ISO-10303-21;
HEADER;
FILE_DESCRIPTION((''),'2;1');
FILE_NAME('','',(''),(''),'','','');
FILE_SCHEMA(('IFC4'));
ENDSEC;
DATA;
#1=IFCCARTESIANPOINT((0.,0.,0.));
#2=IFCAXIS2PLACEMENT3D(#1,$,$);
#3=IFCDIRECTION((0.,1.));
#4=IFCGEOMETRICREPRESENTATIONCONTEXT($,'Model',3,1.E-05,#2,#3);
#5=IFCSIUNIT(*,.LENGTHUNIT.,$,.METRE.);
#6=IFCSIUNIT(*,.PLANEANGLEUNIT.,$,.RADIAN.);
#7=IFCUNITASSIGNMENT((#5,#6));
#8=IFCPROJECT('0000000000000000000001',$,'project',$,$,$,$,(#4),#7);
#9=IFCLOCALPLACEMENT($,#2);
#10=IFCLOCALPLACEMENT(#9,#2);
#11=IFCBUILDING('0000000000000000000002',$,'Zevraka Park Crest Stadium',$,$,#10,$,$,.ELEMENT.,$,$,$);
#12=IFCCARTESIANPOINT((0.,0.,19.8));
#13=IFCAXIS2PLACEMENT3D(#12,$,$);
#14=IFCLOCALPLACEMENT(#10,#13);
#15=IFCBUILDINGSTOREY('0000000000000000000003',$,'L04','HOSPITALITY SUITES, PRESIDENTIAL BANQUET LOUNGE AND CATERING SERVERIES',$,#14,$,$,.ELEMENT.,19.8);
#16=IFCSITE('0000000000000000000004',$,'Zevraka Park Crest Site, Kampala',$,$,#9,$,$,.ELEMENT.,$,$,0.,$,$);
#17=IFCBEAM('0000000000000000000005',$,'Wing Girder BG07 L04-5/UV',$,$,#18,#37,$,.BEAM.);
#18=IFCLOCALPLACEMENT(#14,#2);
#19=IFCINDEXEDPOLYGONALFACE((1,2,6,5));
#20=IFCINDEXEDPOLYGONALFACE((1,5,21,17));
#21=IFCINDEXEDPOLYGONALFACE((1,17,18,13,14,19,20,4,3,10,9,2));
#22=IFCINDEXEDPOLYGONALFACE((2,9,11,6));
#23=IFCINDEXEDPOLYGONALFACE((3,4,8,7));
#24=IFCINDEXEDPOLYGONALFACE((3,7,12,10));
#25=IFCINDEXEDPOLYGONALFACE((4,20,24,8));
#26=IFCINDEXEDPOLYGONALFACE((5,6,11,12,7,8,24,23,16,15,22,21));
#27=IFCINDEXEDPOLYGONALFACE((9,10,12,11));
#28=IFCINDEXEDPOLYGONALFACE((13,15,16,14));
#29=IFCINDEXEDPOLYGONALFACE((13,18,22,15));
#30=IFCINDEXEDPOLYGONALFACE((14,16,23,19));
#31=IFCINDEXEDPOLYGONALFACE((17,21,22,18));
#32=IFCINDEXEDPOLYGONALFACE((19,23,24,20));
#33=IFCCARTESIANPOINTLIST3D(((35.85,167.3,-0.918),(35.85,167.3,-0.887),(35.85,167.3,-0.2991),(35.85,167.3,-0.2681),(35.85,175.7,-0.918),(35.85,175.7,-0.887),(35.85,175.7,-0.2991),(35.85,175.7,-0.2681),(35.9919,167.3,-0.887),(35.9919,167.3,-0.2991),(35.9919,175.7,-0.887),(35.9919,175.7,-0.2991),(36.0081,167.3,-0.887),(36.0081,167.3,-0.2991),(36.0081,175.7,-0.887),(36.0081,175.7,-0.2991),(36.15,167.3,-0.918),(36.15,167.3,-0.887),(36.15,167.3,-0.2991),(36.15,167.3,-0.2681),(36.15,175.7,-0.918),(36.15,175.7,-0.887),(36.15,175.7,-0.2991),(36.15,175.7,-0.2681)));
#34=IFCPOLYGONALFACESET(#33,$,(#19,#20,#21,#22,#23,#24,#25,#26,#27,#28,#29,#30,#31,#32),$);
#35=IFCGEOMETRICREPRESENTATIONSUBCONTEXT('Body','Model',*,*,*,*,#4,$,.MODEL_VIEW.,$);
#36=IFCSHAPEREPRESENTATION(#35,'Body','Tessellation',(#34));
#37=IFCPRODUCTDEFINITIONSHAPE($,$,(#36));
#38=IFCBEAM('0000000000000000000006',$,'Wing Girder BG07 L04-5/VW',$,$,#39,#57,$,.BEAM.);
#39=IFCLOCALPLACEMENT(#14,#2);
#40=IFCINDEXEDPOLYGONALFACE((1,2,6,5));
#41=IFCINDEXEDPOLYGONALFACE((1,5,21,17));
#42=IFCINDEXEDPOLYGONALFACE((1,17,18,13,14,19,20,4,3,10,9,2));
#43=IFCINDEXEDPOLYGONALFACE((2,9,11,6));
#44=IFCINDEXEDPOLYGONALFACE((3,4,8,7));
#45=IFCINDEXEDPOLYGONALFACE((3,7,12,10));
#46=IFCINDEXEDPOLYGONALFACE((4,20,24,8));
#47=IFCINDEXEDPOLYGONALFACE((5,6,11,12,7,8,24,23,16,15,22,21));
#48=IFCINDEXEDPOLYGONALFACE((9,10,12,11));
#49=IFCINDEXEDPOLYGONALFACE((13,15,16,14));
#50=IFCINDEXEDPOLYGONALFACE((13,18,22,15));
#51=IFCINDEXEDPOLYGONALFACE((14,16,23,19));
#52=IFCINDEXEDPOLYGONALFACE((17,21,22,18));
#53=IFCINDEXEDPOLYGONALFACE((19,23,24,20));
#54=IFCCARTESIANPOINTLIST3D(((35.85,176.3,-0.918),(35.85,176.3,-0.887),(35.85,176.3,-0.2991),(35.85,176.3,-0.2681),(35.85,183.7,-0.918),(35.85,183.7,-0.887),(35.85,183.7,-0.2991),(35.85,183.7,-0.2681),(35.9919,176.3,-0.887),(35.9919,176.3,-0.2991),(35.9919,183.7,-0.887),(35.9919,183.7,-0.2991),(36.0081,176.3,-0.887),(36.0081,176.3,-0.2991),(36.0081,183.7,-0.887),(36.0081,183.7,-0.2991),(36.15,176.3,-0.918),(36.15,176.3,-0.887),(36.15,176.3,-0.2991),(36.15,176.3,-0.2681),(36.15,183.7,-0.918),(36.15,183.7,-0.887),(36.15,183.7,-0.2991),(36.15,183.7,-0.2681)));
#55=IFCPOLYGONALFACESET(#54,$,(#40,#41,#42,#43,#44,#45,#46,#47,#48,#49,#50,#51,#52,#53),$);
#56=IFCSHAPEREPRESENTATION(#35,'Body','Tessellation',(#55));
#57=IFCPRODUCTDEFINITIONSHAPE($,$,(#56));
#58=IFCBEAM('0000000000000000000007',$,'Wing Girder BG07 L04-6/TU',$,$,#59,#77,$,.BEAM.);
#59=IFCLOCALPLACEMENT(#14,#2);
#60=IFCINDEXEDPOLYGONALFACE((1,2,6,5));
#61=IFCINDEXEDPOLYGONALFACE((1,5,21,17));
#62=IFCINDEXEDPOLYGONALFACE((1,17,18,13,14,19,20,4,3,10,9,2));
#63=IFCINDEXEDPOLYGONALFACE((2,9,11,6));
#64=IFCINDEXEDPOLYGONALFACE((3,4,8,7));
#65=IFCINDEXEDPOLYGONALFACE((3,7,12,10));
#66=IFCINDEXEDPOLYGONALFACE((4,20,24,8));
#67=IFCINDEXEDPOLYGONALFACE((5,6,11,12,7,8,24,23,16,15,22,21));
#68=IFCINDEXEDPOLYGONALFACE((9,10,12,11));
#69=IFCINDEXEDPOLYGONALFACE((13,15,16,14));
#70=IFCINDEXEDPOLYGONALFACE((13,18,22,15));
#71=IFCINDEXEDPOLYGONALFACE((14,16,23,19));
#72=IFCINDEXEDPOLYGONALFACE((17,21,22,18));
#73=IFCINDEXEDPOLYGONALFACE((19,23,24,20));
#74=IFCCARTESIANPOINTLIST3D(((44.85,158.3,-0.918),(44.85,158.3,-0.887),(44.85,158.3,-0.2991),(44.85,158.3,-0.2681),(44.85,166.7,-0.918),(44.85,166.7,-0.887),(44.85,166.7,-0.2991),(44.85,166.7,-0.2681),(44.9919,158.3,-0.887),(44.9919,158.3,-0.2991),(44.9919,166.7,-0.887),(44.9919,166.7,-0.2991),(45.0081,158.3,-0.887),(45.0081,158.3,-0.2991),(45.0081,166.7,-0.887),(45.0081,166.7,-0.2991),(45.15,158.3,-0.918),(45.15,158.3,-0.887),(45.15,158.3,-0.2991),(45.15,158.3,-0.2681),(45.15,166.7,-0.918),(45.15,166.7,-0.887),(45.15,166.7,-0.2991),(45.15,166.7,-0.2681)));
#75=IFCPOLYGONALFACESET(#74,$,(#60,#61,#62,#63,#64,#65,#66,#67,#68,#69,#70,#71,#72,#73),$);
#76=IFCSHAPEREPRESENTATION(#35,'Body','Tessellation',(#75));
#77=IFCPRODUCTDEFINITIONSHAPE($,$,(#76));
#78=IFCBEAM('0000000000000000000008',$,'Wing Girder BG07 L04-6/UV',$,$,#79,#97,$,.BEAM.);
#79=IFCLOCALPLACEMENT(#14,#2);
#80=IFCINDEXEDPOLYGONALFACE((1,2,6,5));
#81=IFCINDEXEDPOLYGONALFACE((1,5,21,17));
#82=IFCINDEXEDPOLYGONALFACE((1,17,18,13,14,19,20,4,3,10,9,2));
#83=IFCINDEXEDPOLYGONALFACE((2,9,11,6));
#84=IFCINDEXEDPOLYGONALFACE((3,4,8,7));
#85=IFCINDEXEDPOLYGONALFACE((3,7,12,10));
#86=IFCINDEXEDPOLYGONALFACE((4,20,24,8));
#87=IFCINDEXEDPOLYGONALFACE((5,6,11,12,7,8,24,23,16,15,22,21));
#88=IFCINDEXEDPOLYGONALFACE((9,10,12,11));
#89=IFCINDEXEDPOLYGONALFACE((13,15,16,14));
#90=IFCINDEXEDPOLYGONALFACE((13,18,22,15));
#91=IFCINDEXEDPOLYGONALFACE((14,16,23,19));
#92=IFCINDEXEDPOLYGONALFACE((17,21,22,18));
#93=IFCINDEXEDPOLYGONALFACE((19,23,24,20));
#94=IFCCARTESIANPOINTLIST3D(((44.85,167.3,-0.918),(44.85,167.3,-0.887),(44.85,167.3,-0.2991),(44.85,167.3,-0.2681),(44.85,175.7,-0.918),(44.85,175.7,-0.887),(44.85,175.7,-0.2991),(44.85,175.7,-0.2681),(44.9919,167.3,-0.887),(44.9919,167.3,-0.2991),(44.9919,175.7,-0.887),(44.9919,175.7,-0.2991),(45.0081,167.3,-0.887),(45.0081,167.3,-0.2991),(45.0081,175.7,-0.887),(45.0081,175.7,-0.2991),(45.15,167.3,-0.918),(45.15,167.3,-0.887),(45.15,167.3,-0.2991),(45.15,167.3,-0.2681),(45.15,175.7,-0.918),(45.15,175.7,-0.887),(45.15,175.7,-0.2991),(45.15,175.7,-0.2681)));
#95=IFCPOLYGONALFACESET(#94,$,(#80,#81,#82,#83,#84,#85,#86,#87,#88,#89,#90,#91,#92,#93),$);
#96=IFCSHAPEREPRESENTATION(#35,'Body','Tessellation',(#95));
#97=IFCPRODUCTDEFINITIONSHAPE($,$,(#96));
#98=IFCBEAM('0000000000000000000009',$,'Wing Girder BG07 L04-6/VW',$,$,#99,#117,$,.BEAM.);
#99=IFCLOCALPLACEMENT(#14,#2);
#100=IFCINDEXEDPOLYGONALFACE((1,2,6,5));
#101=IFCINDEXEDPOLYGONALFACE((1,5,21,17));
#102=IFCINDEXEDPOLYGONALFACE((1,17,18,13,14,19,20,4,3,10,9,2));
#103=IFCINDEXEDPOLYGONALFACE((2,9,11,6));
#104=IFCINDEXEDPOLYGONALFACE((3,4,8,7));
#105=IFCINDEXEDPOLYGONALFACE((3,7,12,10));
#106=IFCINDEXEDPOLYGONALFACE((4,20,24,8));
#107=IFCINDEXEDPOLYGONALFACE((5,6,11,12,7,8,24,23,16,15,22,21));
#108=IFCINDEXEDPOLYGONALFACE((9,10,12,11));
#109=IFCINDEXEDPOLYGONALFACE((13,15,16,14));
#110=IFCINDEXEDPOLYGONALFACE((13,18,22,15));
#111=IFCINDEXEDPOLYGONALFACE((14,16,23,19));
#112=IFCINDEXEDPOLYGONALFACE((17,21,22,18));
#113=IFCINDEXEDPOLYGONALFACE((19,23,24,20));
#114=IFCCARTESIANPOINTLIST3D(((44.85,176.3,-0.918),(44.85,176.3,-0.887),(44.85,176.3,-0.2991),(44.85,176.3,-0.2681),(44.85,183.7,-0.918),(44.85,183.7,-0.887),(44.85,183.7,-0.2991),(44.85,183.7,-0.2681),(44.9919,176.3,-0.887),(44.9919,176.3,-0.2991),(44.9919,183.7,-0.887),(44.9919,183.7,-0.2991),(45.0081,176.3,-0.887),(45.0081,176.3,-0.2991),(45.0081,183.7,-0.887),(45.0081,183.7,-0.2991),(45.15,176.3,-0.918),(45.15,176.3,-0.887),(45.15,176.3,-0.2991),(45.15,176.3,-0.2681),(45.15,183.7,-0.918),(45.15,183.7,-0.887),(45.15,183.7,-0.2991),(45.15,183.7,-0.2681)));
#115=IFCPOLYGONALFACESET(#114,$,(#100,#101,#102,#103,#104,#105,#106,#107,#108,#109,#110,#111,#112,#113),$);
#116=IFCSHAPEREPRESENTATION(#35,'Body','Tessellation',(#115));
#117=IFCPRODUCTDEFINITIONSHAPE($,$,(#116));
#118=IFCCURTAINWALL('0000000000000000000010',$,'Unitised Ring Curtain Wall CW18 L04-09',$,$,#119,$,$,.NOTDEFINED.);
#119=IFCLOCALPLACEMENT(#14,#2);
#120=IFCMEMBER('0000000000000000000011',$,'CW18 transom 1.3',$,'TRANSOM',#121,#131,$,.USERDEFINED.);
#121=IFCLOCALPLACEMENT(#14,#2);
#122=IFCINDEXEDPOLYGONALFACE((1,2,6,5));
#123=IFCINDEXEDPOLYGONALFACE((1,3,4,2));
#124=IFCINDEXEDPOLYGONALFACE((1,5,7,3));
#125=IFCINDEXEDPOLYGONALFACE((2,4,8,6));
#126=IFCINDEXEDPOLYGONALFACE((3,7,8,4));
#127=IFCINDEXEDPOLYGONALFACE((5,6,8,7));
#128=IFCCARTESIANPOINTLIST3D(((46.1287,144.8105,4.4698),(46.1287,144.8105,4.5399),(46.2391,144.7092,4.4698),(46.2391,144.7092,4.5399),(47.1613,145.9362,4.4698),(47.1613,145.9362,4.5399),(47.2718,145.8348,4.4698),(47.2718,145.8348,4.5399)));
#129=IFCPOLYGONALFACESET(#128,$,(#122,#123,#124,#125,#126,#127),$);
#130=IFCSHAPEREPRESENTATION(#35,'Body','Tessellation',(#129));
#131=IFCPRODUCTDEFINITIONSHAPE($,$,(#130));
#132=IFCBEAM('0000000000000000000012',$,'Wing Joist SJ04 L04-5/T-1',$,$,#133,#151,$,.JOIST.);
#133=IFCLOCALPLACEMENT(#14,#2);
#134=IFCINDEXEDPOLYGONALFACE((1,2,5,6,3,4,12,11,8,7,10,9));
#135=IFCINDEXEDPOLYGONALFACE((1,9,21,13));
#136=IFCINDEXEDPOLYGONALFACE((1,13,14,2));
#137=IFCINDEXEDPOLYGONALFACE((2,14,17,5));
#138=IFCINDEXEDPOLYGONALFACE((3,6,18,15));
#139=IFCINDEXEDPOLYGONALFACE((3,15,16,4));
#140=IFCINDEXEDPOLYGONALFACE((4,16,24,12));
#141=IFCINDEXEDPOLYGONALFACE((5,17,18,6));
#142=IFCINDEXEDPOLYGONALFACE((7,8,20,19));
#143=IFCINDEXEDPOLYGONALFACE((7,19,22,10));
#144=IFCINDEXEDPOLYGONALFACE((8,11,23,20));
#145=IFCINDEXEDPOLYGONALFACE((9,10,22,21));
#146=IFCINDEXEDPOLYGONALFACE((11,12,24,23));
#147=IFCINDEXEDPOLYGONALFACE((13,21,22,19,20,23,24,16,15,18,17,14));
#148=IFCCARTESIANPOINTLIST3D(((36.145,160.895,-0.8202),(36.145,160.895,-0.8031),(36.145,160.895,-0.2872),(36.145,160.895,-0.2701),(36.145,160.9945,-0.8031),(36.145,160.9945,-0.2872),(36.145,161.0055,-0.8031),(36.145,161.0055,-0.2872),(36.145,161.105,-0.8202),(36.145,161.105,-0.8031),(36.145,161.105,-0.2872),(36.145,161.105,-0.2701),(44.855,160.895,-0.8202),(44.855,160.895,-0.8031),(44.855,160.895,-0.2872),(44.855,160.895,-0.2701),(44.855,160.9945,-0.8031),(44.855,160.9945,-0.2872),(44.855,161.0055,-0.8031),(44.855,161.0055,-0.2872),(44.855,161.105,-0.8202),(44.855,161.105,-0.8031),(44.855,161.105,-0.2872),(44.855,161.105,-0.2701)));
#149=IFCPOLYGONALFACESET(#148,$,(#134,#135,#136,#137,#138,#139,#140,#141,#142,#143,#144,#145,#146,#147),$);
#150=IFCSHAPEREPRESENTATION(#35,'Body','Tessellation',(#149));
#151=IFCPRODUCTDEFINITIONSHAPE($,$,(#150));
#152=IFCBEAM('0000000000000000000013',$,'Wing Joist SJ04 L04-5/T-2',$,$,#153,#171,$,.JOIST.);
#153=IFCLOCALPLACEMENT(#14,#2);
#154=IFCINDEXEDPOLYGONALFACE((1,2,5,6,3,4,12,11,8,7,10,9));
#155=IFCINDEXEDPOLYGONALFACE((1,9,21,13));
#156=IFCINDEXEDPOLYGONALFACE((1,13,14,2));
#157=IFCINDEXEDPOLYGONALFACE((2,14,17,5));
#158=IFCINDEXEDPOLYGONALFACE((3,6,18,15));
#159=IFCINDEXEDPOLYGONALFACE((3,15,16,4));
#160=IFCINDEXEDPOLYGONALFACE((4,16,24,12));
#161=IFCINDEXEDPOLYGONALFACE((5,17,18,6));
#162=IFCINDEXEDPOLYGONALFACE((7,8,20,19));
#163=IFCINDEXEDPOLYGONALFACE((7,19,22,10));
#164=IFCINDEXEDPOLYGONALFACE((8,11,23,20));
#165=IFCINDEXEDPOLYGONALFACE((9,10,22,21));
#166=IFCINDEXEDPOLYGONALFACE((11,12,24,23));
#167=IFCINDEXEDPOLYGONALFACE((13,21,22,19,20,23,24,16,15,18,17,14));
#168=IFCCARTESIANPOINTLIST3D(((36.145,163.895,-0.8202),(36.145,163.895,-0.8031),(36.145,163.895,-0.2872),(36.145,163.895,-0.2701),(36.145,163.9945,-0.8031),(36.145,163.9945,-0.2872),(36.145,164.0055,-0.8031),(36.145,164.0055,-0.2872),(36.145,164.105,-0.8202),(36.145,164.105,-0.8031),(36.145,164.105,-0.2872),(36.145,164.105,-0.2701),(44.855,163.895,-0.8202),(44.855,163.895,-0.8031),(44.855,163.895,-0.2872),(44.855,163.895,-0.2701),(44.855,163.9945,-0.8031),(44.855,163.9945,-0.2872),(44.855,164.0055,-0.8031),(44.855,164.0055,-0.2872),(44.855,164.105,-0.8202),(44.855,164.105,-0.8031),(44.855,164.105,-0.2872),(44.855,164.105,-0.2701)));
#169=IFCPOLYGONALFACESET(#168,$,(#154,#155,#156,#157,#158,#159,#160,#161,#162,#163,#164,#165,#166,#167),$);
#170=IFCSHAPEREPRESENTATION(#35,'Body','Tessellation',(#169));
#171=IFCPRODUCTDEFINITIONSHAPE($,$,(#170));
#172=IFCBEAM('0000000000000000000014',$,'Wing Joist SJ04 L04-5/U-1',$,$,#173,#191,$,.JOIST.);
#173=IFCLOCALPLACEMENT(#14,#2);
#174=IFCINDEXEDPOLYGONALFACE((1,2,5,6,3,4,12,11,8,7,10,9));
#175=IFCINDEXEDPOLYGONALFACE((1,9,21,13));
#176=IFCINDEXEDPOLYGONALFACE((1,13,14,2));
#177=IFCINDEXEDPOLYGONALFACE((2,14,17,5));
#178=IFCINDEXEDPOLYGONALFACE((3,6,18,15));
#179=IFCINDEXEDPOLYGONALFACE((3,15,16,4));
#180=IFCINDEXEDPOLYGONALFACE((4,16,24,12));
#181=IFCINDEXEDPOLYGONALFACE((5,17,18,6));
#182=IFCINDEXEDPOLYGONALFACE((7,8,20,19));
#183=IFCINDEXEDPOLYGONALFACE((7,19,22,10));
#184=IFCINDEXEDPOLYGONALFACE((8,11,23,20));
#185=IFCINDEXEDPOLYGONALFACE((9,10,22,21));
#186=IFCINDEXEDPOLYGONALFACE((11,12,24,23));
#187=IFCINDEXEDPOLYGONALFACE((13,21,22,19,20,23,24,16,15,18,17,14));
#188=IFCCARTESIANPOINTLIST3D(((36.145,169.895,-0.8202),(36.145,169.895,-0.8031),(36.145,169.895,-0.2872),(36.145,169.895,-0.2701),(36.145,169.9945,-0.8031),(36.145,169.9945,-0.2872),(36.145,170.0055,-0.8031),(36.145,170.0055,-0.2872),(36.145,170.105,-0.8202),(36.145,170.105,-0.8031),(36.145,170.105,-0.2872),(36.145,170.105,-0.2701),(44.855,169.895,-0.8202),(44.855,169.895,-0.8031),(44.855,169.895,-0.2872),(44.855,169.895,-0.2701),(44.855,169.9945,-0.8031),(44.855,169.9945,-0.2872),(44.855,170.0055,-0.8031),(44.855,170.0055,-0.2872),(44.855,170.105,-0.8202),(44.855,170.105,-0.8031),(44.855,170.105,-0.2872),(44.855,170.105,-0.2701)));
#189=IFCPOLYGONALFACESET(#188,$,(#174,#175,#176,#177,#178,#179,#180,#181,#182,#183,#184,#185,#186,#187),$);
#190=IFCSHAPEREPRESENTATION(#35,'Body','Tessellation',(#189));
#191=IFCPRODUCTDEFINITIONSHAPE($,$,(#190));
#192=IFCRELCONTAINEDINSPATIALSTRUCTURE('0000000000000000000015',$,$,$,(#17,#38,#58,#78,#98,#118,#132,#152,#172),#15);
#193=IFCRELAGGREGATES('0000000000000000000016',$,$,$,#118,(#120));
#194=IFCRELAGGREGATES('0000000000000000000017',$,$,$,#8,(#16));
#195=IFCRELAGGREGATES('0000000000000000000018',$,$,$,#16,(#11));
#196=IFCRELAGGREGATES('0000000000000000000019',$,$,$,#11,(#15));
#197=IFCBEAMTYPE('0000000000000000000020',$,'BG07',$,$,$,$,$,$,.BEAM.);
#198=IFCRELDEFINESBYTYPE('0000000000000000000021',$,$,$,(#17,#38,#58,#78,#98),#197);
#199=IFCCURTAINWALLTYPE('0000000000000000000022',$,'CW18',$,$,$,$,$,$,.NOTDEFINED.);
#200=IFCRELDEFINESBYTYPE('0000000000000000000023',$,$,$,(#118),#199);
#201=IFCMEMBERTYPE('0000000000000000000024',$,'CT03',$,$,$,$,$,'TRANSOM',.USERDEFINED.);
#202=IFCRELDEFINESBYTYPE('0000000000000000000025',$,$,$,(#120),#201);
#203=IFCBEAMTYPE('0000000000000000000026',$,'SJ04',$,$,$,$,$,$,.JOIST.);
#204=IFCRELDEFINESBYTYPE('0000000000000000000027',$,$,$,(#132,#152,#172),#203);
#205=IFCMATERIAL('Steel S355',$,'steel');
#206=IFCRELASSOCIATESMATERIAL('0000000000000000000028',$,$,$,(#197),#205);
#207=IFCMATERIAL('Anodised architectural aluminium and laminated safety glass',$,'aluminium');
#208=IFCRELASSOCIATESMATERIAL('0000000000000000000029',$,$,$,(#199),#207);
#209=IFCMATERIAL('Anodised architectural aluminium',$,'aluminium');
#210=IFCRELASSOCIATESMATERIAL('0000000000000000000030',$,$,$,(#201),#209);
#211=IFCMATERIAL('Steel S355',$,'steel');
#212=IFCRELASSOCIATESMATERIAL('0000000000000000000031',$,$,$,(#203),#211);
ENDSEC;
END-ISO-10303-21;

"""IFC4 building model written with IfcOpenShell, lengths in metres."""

from ifc_helpers import new_model, si_unit, direction, frame, origin, origin_2d, place, context, subcontext, project, spatial, rectangle, i_section, extrude, material, material_profile, profile_set, type_object, element, aggregate, save


model = new_model("IFC4")

# Units and contexts
model_context = context("Model", 3, precision=1e-05, world=origin(), true_north=direction((0.0, 1.0)))
body_context = subcontext(model_context, "Body", "Model", "MODEL_VIEW")
ifc_project = project(units=[si_unit("LENGTHUNIT", "METRE"), si_unit("PLANEANGLEUNIT", "RADIAN")], contexts=[model_context])

# Site, building, storey
site_placement = place(None, origin())
site = spatial("IfcSite", under=ifc_project, at=site_placement, Name="Zevraka Park Crest Site, Kampala", CompositionType="ELEMENT", RefElevation=0.0)
building_placement = place(site_placement, origin())
building = spatial("IfcBuilding", under=site, at=building_placement, Name="Zevraka Park Crest Stadium", CompositionType="ELEMENT")
storey_placement = place(building_placement, frame((0.0, 0.0, 19.8)))
storey = spatial("IfcBuildingStorey", under=building, at=storey_placement, Name="L04", Description="HOSPITALITY SUITES, PRESIDENTIAL BANQUET LOUNGE AND CATERING SERVERIES", CompositionType="ELEMENT", Elevation=19.8)

# Beams
ifc_material_1 = material(Name="Steel S355", Category="steel")
ifc_material_profile_1 = material_profile(ifc_material_1, i_section(OverallWidth=0.3, OverallDepth=0.6499, WebThickness=0.0161, FlangeThickness=0.031, at=origin_2d()), Name="HEB 650")
ifc_profile_set_1 = profile_set([ifc_material_profile_1], Name="Steel S355")
beam_type_1 = type_object("IfcBeamType", Name="BG07", PredefinedType="BEAM", material=ifc_profile_set_1)
beam_1_placement = place(storey_placement, frame((36.0, 167.3, -0.593), z_axis=(0.0, 1.0, 0.0), x_axis=(-1.0, 0.0, 0.0)))
element("IfcBeam", 1, at=beam_1_placement, inside=storey, type_object=beam_type_1, Name="Wing Girder BG07 L04-5/UV", PredefinedType="BEAM", context=body_context, shape_type="SweptSolid", body=[
    extrude(i_section(OverallWidth=0.3, OverallDepth=0.6499, WebThickness=0.0161, FlangeThickness=0.031, at=origin_2d()), origin(), (0.0, 0.0, 1.0), 8.3999),
])
beam_2_placement = place(storey_placement, frame((36.0, 176.3, -0.593), z_axis=(0.0, 1.0, 0.0), x_axis=(-1.0, 0.0, 0.0)))
element("IfcBeam", 2, at=beam_2_placement, inside=storey, type_object=beam_type_1, Name="Wing Girder BG07 L04-5/VW", PredefinedType="BEAM", context=body_context, shape_type="SweptSolid", body=[
    extrude(i_section(OverallWidth=0.3, OverallDepth=0.6499, WebThickness=0.0161, FlangeThickness=0.031, at=origin_2d()), origin(), (0.0, 0.0, 1.0), 7.3999),
])
for number, where, z_axis, x_axis, name in (
    (3, (45.0, 158.3, -0.593), (0.0, 1.0, 0.0), (-1.0, 0.0, 0.0), "Wing Girder BG07 L04-6/TU"),
    (4, (45.0, 167.3, -0.593), (0.0, 1.0, 0.0), (-1.0, 0.0, 0.0), "Wing Girder BG07 L04-6/UV"),
):
    element("IfcBeam", number, at=place(storey_placement, frame(where, z_axis=z_axis, x_axis=x_axis)), inside=storey, type_object=beam_type_1, Name=name, PredefinedType="BEAM", context=body_context, shape_type="SweptSolid", body=[
        extrude(i_section(OverallWidth=0.3, OverallDepth=0.6499, WebThickness=0.0161, FlangeThickness=0.031, at=origin_2d()), origin(), (0.0, 0.0, 1.0), 8.3999),
    ])
beam_3_placement = place(storey_placement, frame((45.0, 176.3, -0.593), z_axis=(0.0, 1.0, 0.0), x_axis=(-1.0, 0.0, 0.0)))
element("IfcBeam", 5, at=beam_3_placement, inside=storey, type_object=beam_type_1, Name="Wing Girder BG07 L04-6/VW", PredefinedType="BEAM", context=body_context, shape_type="SweptSolid", body=[
    extrude(i_section(OverallWidth=0.3, OverallDepth=0.6499, WebThickness=0.0161, FlangeThickness=0.031, at=origin_2d()), origin(), (0.0, 0.0, 1.0), 7.3999),
])

# Curtain wall, member
ifc_material_2 = material(Name="Anodised architectural aluminium and laminated safety glass", Category="aluminium")
curtain_wall_type = type_object("IfcCurtainWallType", Name="CW18", PredefinedType="NOTDEFINED", material=ifc_material_2)
curtain_wall_placement = place(storey_placement, origin())
curtain_wall = element("IfcCurtainWall", 6, at=curtain_wall_placement, inside=storey, type_object=curtain_wall_type, Name="Unitised Ring Curtain Wall CW18 L04-09", PredefinedType="NOTDEFINED")
ifc_material_3 = material(Name="Anodised architectural aluminium", Category="aluminium")
ifc_material_profile_2 = material_profile(ifc_material_3, rectangle(XDim=0.1499, YDim=0.0701, at=origin_2d()), Name="ALU TRANSOM 150x70")
ifc_profile_set_2 = profile_set([ifc_material_profile_2], Name="Anodised architectural aluminium")
member_type = type_object("IfcMemberType", Name="CT03", ElementType="TRANSOM", PredefinedType="USERDEFINED", material=ifc_profile_set_2)
member_placement = place(storey_placement, frame((47.2166, 145.8855, 4.5049), z_axis=(-0.676007, -0.736895, 0.0), x_axis=(0.736895, -0.676007, 0.0)))
member = element("IfcMember", 7, at=member_placement, type_object=member_type, Name="CW18 transom 1.3", ObjectType="TRANSOM", PredefinedType="USERDEFINED", context=body_context, shape_type="SweptSolid", body=[
    extrude(rectangle(XDim=0.1499, YDim=0.0701, at=origin_2d()), origin(), (0.0, 0.0, 1.0), 1.5276),
])
aggregate(curtain_wall, [member])

# Beams
ifc_material_4 = material(Name="Steel S355", Category="steel")
ifc_material_profile_3 = material_profile(ifc_material_4, i_section(OverallWidth=0.21, OverallDepth=0.55, WebThickness=0.011, FlangeThickness=0.0171, at=origin_2d()), Name="IPE 550")
ifc_profile_set_3 = profile_set([ifc_material_profile_3], Name="Steel S355")
beam_type_2 = type_object("IfcBeamType", Name="SJ04", PredefinedType="JOIST", material=ifc_profile_set_3)
for number, where, z_axis, x_axis, name in (
    (8, (36.145, 161.0, -0.5452), (1.0, 0.0, 0.0), (0.0, 1.0, 0.0), "Wing Joist SJ04 L04-5/T-1"),
    (9, (36.145, 164.0, -0.5452), (1.0, 0.0, 0.0), (0.0, 1.0, 0.0), "Wing Joist SJ04 L04-5/T-2"),
    (10, (36.145, 170.0, -0.5452), (1.0, 0.0, 0.0), (0.0, 1.0, 0.0), "Wing Joist SJ04 L04-5/U-1"),
):
    element("IfcBeam", number, at=place(storey_placement, frame(where, z_axis=z_axis, x_axis=x_axis)), inside=storey, type_object=beam_type_2, Name=name, PredefinedType="JOIST", context=body_context, shape_type="SweptSolid", body=[
        extrude(i_section(OverallWidth=0.21, OverallDepth=0.55, WebThickness=0.011, FlangeThickness=0.0171, at=origin_2d()), origin(), (0.0, 0.0, 1.0), 8.71),
    ])

save(model, "model.ifc")
